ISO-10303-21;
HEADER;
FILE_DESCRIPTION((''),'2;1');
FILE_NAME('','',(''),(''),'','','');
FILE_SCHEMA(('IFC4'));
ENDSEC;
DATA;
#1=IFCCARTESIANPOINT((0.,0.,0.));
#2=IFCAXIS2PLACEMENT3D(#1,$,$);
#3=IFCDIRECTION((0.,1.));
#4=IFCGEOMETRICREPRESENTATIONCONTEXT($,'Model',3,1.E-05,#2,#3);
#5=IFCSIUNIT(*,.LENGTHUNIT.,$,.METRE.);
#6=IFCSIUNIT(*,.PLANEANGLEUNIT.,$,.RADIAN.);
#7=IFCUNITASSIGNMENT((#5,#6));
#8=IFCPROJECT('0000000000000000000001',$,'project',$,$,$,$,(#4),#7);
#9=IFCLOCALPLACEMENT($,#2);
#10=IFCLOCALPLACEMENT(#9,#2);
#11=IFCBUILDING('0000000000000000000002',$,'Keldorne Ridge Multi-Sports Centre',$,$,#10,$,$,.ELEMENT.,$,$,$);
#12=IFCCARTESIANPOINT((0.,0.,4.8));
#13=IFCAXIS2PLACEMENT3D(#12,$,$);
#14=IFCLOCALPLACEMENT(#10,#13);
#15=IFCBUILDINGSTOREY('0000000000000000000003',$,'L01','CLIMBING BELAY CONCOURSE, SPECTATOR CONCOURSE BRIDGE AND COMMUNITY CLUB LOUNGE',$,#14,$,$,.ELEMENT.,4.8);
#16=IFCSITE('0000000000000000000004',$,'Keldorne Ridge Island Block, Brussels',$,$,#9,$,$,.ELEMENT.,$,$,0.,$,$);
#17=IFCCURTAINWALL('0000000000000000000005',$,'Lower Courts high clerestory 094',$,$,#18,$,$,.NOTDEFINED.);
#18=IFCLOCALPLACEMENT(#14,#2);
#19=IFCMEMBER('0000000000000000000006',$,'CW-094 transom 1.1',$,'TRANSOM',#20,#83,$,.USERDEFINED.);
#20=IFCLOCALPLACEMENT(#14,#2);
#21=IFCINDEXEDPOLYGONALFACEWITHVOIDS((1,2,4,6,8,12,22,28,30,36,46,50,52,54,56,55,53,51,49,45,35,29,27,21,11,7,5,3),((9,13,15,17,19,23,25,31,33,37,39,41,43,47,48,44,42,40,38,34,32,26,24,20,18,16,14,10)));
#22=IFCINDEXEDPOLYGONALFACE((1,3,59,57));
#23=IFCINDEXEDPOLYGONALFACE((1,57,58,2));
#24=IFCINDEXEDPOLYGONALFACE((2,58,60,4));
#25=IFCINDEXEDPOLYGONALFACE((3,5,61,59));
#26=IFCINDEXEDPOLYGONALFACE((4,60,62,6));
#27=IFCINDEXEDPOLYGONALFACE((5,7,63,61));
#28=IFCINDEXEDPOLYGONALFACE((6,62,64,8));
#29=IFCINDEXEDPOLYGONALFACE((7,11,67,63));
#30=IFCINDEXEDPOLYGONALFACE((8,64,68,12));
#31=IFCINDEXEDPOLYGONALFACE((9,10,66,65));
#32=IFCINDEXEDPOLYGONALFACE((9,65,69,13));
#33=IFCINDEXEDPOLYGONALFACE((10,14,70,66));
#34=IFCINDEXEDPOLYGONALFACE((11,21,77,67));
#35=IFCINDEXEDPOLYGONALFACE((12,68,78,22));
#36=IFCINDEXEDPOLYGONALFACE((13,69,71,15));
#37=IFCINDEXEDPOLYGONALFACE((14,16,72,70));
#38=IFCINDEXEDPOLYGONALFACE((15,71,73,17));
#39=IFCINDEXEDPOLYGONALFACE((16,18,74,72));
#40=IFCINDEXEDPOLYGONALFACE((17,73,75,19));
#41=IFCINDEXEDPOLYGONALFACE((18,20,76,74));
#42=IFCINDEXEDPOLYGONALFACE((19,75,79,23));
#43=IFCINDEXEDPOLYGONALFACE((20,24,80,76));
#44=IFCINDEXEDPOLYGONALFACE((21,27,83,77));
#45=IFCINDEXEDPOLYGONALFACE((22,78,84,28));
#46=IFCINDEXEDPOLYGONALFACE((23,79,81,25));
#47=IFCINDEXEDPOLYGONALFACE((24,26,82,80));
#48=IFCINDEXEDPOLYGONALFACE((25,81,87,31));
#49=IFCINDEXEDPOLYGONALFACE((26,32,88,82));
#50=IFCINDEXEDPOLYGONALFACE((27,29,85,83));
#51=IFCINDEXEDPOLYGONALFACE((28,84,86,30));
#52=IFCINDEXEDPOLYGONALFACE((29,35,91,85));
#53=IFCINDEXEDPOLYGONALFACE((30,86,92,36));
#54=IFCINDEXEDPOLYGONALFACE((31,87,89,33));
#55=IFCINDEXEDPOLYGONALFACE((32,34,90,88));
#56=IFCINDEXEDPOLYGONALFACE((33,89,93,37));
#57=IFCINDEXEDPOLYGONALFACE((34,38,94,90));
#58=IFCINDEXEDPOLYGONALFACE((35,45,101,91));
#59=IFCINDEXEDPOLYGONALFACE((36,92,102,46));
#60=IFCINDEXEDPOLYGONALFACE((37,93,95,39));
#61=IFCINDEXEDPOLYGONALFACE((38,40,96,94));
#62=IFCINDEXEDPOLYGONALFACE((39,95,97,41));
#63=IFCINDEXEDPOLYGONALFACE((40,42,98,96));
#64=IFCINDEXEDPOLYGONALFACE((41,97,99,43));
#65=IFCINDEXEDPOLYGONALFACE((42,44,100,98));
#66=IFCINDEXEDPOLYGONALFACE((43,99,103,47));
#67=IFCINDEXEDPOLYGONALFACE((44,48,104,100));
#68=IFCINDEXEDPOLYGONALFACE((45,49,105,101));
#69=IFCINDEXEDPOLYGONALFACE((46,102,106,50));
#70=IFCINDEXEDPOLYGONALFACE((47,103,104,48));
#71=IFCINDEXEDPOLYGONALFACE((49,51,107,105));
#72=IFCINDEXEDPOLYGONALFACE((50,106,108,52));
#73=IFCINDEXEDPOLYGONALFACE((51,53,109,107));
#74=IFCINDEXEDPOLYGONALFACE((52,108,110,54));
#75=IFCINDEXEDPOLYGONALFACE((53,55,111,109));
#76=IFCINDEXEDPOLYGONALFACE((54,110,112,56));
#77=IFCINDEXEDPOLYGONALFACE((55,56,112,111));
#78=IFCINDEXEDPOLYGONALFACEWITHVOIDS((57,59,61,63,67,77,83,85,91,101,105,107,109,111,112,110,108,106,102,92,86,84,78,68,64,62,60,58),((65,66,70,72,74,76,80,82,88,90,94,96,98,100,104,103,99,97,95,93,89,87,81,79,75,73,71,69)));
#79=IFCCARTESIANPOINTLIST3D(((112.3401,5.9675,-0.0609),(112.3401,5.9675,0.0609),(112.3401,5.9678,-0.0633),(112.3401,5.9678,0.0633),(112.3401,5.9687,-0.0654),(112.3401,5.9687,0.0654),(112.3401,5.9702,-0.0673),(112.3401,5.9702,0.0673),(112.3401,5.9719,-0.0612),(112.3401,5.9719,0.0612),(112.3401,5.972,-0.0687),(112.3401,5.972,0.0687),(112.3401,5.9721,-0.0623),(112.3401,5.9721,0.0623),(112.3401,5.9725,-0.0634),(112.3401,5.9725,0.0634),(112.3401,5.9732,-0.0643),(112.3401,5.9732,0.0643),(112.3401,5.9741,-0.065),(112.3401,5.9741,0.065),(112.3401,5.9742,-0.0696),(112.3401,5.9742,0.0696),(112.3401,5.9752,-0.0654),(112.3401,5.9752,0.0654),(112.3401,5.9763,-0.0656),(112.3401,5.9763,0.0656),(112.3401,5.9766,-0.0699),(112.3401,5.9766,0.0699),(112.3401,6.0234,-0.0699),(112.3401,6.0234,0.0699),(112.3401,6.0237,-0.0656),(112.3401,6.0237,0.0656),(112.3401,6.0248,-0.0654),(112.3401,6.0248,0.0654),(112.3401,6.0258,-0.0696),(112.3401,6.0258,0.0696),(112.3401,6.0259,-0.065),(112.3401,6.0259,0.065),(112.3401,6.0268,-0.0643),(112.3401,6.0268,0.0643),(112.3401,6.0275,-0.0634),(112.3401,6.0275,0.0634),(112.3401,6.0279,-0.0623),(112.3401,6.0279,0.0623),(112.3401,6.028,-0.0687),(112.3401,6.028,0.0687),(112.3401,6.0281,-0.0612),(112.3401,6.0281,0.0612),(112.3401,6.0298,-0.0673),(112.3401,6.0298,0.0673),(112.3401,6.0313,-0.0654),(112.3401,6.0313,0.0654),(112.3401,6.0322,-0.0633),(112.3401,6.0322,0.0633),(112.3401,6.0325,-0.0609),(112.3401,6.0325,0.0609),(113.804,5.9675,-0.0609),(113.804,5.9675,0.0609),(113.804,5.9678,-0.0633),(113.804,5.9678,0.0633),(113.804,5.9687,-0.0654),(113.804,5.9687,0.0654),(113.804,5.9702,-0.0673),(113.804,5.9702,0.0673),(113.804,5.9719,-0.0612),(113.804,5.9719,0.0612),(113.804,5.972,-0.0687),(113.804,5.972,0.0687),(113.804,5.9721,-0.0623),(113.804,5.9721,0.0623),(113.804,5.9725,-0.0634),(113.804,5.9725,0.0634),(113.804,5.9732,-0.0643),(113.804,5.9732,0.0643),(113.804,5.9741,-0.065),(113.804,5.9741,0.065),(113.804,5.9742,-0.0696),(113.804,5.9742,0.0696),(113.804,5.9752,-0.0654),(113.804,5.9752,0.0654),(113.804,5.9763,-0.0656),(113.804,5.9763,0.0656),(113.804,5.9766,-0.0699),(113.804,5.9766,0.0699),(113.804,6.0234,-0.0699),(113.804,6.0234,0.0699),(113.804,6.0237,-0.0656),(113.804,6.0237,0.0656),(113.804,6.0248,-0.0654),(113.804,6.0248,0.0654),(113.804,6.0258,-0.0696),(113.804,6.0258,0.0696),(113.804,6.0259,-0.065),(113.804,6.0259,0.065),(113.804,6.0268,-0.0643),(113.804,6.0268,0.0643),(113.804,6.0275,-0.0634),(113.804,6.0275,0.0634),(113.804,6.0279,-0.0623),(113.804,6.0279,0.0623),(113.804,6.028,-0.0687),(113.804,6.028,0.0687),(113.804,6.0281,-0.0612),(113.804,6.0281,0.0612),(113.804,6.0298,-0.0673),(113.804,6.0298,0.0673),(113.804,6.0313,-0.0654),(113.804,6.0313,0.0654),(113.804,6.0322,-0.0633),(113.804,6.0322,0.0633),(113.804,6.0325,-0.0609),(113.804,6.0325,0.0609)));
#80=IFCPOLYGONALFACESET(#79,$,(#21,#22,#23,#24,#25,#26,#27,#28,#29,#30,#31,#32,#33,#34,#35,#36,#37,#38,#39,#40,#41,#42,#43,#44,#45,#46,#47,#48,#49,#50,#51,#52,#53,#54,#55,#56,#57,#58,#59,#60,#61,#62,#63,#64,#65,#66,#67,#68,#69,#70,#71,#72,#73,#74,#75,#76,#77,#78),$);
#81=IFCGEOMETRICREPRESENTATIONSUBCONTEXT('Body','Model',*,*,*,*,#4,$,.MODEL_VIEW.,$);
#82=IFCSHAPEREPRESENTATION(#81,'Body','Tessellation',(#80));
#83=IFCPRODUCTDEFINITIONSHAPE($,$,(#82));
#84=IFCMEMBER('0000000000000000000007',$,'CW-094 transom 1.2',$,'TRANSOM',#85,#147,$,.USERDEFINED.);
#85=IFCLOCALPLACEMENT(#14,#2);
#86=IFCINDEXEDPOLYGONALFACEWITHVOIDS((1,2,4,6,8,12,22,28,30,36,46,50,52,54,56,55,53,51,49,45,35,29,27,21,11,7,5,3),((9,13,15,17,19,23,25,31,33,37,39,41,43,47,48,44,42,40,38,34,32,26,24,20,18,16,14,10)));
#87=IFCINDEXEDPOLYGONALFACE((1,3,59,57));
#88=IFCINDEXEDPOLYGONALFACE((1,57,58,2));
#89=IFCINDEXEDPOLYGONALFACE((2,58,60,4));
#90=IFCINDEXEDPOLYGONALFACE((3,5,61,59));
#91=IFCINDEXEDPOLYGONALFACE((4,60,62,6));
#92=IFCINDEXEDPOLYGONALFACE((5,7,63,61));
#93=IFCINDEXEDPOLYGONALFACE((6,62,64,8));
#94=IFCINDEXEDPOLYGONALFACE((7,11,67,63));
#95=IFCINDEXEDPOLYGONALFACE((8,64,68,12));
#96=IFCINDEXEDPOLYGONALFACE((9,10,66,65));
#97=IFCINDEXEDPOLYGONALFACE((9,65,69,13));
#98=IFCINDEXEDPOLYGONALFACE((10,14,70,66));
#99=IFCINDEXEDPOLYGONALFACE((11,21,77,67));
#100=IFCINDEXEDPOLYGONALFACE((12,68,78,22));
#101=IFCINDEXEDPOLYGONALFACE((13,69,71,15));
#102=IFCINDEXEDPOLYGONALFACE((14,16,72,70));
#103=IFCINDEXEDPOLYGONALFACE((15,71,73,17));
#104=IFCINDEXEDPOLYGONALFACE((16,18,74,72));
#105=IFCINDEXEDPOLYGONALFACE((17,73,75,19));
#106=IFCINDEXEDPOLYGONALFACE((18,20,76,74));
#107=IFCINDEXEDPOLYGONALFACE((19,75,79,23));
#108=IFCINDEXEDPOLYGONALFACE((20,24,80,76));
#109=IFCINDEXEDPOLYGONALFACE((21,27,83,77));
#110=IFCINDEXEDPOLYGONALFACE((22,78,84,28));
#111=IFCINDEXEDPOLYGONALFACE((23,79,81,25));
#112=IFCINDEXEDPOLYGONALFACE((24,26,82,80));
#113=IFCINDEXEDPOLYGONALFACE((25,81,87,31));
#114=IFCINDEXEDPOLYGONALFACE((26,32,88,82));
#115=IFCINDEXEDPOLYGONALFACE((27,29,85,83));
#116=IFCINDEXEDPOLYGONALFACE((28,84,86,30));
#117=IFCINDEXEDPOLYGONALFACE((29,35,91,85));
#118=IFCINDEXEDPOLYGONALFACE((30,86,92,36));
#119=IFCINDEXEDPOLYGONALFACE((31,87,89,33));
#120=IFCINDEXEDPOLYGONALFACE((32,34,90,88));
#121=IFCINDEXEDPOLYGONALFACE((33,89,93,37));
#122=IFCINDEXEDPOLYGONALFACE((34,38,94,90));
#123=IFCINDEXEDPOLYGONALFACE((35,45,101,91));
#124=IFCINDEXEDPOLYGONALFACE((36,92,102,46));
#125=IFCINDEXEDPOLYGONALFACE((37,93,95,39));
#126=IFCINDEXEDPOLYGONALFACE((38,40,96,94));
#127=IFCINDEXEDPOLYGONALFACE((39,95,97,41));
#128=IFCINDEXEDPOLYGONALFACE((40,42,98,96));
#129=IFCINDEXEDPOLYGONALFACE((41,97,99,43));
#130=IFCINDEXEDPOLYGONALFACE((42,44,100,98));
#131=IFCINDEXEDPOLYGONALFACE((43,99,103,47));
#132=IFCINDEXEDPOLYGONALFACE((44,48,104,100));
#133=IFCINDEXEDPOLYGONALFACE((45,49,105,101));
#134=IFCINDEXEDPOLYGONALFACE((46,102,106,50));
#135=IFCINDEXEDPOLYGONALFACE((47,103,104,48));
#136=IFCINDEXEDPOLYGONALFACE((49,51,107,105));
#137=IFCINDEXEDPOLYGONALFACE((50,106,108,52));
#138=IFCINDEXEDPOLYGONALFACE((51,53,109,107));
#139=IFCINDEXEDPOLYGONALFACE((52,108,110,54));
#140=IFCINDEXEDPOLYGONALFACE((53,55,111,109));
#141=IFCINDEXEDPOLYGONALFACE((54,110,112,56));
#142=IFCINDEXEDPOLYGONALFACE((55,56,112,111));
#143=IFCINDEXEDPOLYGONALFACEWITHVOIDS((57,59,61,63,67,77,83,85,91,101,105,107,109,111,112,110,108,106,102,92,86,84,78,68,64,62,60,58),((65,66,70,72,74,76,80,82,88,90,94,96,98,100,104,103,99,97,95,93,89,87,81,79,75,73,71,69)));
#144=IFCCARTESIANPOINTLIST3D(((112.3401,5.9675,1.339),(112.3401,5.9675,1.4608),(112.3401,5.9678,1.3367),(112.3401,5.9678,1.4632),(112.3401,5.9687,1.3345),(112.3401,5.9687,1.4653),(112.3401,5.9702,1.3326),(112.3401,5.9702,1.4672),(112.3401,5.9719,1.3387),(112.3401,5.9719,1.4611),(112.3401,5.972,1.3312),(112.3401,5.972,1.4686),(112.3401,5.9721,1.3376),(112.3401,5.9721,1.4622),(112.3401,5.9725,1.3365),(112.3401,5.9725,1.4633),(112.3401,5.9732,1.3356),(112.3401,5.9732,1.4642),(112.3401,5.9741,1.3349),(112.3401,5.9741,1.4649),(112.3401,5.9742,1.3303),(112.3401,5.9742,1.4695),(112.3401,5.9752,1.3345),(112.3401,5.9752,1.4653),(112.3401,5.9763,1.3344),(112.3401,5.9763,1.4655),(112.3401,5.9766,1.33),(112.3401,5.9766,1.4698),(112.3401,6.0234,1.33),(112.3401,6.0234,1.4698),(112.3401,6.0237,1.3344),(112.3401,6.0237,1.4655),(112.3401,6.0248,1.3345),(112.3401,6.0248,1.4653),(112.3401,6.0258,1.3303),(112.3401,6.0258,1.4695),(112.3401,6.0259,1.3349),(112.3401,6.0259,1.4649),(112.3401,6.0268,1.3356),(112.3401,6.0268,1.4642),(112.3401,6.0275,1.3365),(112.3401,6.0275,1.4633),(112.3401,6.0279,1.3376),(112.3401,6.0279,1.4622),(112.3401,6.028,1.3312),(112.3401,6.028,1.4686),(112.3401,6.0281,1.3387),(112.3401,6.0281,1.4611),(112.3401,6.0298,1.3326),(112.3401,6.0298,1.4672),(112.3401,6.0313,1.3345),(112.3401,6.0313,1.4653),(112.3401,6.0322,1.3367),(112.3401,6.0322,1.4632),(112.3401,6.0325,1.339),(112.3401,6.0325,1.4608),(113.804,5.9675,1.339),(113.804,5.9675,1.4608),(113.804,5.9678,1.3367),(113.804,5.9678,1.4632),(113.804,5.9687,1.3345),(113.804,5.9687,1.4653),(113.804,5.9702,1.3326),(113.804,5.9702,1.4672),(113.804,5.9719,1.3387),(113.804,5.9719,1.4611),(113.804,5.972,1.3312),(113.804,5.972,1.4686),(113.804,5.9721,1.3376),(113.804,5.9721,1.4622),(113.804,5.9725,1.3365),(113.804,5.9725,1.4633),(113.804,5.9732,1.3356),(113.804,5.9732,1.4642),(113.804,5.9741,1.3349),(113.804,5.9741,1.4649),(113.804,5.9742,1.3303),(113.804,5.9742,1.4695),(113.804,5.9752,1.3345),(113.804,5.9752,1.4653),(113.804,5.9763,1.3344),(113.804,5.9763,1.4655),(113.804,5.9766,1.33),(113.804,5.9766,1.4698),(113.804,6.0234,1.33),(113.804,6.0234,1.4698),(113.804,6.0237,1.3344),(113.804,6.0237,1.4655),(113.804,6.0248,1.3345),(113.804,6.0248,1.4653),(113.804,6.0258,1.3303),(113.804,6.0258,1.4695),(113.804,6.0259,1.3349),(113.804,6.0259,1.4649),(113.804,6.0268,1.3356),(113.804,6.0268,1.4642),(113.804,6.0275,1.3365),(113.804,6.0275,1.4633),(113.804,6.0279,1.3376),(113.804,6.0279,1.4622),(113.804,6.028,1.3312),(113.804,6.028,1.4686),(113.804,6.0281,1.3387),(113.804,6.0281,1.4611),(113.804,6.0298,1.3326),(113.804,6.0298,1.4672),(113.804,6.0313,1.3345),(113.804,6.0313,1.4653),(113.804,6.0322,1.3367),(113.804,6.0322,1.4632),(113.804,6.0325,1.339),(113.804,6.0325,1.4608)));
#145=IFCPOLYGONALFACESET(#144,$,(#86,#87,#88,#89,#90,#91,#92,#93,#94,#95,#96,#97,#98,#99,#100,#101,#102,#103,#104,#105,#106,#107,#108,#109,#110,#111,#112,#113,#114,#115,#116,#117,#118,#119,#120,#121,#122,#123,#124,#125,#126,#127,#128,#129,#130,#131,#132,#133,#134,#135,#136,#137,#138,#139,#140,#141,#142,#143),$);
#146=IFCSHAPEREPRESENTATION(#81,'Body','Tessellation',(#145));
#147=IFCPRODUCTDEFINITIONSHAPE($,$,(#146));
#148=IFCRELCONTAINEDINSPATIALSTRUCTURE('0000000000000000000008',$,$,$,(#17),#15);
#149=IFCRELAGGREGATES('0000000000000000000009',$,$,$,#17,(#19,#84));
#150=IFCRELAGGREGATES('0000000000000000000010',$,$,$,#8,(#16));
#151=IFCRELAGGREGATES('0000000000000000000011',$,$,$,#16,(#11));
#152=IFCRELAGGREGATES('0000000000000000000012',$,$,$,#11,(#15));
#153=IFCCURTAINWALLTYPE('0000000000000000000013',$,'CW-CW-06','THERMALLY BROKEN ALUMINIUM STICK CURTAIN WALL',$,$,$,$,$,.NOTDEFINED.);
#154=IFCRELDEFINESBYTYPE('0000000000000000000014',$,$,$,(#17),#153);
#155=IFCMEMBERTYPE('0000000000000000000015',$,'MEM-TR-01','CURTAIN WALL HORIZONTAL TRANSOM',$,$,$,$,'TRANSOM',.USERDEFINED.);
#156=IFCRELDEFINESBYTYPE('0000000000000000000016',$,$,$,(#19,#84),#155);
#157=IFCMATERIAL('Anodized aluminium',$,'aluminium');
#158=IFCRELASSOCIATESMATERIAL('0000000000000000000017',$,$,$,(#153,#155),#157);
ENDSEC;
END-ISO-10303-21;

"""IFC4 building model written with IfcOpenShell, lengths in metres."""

from ifc_helpers import new_model, si_unit, direction, frame, origin, origin_2d, place, context, subcontext, project, spatial, hollow_rectangle, extrude, material, material_profile, profile_set, type_object, element, aggregate, save


model = new_model("IFC4")

# Units and contexts
model_context = context("Model", 3, precision=1e-05, world=origin(), true_north=direction((0.0, 1.0)))
body_context = subcontext(model_context, "Body", "Model", "MODEL_VIEW")
ifc_project = project(units=[si_unit("LENGTHUNIT", "METRE"), si_unit("PLANEANGLEUNIT", "RADIAN")], contexts=[model_context])

# Site, building, storey
site_placement = place(None, origin())
site = spatial("IfcSite", under=ifc_project, at=site_placement, Name="Keldorne Ridge Island Block, Brussels", CompositionType="ELEMENT", RefElevation=0.0)
building_placement = place(site_placement, origin())
building = spatial("IfcBuilding", under=site, at=building_placement, Name="Keldorne Ridge Multi-Sports Centre", CompositionType="ELEMENT")
storey_placement = place(building_placement, frame((0.0, 0.0, 4.8)))
storey = spatial("IfcBuildingStorey", under=building, at=storey_placement, Name="L01", Description="CLIMBING BELAY CONCOURSE, SPECTATOR CONCOURSE BRIDGE AND COMMUNITY CLUB LOUNGE", CompositionType="ELEMENT", Elevation=4.8)

# Curtain wall, members
ifc_material_1 = material(Name="Anodized aluminium", Category="aluminium")
curtain_wall_type = type_object("IfcCurtainWallType", Name="CW-CW-06", Description="THERMALLY BROKEN ALUMINIUM STICK CURTAIN WALL", PredefinedType="NOTDEFINED", material=ifc_material_1)
curtain_wall_placement = place(storey_placement, origin())
curtain_wall = element("IfcCurtainWall", 1, at=curtain_wall_placement, inside=storey, type_object=curtain_wall_type, Name="Lower Courts high clerestory 094", PredefinedType="NOTDEFINED")
ifc_material_profile_1 = material_profile(ifc_material_1, hollow_rectangle(XDim=0.0649, YDim=0.1399, WallThickness=0.0044, InnerFilletRadius=0.0044, OuterFilletRadius=0.009, at=origin_2d()), Name="ALU TRANSOM 140x65x4.5")
ifc_profile_set_1 = profile_set([ifc_material_profile_1], Name="Anodized aluminium")
member_type_1 = type_object("IfcMemberType", Name="MEM-TR-01", Description="CURTAIN WALL HORIZONTAL TRANSOM", ElementType="TRANSOM", PredefinedType="USERDEFINED", material=ifc_profile_set_1)
member_1_placement = place(storey_placement, frame((112.3401, 6.0, 0.0), z_axis=(1.0, 0.0, 0.0), x_axis=(0.0, 1.0, 0.0)))
member_1 = element("IfcMember", 2, at=member_1_placement, type_object=member_type_1, Name="CW-094 transom 1.1", ObjectType="TRANSOM", PredefinedType="USERDEFINED", context=body_context, shape_type="SweptSolid", body=[
    extrude(hollow_rectangle(XDim=0.0649, YDim=0.1399, WallThickness=0.0044, InnerFilletRadius=0.0044, OuterFilletRadius=0.009, at=origin_2d()), origin(), (0.0, 0.0, 1.0), 1.4639),
])
member_2_placement = place(storey_placement, frame((112.3401, 6.0, 1.3999), z_axis=(1.0, 0.0, 0.0), x_axis=(0.0, 1.0, 0.0)))
member_2 = element("IfcMember", 3, at=member_2_placement, type_object=member_type_1, Name="CW-094 transom 1.2", ObjectType="TRANSOM", PredefinedType="USERDEFINED", context=body_context, shape_type="SweptSolid", body=[
    extrude(hollow_rectangle(XDim=0.0649, YDim=0.1399, WallThickness=0.0044, InnerFilletRadius=0.0044, OuterFilletRadius=0.009, at=origin_2d()), origin(), (0.0, 0.0, 1.0), 1.4639),
])

aggregate(curtain_wall, [member_1, member_2])

save(model, "model.ifc")
